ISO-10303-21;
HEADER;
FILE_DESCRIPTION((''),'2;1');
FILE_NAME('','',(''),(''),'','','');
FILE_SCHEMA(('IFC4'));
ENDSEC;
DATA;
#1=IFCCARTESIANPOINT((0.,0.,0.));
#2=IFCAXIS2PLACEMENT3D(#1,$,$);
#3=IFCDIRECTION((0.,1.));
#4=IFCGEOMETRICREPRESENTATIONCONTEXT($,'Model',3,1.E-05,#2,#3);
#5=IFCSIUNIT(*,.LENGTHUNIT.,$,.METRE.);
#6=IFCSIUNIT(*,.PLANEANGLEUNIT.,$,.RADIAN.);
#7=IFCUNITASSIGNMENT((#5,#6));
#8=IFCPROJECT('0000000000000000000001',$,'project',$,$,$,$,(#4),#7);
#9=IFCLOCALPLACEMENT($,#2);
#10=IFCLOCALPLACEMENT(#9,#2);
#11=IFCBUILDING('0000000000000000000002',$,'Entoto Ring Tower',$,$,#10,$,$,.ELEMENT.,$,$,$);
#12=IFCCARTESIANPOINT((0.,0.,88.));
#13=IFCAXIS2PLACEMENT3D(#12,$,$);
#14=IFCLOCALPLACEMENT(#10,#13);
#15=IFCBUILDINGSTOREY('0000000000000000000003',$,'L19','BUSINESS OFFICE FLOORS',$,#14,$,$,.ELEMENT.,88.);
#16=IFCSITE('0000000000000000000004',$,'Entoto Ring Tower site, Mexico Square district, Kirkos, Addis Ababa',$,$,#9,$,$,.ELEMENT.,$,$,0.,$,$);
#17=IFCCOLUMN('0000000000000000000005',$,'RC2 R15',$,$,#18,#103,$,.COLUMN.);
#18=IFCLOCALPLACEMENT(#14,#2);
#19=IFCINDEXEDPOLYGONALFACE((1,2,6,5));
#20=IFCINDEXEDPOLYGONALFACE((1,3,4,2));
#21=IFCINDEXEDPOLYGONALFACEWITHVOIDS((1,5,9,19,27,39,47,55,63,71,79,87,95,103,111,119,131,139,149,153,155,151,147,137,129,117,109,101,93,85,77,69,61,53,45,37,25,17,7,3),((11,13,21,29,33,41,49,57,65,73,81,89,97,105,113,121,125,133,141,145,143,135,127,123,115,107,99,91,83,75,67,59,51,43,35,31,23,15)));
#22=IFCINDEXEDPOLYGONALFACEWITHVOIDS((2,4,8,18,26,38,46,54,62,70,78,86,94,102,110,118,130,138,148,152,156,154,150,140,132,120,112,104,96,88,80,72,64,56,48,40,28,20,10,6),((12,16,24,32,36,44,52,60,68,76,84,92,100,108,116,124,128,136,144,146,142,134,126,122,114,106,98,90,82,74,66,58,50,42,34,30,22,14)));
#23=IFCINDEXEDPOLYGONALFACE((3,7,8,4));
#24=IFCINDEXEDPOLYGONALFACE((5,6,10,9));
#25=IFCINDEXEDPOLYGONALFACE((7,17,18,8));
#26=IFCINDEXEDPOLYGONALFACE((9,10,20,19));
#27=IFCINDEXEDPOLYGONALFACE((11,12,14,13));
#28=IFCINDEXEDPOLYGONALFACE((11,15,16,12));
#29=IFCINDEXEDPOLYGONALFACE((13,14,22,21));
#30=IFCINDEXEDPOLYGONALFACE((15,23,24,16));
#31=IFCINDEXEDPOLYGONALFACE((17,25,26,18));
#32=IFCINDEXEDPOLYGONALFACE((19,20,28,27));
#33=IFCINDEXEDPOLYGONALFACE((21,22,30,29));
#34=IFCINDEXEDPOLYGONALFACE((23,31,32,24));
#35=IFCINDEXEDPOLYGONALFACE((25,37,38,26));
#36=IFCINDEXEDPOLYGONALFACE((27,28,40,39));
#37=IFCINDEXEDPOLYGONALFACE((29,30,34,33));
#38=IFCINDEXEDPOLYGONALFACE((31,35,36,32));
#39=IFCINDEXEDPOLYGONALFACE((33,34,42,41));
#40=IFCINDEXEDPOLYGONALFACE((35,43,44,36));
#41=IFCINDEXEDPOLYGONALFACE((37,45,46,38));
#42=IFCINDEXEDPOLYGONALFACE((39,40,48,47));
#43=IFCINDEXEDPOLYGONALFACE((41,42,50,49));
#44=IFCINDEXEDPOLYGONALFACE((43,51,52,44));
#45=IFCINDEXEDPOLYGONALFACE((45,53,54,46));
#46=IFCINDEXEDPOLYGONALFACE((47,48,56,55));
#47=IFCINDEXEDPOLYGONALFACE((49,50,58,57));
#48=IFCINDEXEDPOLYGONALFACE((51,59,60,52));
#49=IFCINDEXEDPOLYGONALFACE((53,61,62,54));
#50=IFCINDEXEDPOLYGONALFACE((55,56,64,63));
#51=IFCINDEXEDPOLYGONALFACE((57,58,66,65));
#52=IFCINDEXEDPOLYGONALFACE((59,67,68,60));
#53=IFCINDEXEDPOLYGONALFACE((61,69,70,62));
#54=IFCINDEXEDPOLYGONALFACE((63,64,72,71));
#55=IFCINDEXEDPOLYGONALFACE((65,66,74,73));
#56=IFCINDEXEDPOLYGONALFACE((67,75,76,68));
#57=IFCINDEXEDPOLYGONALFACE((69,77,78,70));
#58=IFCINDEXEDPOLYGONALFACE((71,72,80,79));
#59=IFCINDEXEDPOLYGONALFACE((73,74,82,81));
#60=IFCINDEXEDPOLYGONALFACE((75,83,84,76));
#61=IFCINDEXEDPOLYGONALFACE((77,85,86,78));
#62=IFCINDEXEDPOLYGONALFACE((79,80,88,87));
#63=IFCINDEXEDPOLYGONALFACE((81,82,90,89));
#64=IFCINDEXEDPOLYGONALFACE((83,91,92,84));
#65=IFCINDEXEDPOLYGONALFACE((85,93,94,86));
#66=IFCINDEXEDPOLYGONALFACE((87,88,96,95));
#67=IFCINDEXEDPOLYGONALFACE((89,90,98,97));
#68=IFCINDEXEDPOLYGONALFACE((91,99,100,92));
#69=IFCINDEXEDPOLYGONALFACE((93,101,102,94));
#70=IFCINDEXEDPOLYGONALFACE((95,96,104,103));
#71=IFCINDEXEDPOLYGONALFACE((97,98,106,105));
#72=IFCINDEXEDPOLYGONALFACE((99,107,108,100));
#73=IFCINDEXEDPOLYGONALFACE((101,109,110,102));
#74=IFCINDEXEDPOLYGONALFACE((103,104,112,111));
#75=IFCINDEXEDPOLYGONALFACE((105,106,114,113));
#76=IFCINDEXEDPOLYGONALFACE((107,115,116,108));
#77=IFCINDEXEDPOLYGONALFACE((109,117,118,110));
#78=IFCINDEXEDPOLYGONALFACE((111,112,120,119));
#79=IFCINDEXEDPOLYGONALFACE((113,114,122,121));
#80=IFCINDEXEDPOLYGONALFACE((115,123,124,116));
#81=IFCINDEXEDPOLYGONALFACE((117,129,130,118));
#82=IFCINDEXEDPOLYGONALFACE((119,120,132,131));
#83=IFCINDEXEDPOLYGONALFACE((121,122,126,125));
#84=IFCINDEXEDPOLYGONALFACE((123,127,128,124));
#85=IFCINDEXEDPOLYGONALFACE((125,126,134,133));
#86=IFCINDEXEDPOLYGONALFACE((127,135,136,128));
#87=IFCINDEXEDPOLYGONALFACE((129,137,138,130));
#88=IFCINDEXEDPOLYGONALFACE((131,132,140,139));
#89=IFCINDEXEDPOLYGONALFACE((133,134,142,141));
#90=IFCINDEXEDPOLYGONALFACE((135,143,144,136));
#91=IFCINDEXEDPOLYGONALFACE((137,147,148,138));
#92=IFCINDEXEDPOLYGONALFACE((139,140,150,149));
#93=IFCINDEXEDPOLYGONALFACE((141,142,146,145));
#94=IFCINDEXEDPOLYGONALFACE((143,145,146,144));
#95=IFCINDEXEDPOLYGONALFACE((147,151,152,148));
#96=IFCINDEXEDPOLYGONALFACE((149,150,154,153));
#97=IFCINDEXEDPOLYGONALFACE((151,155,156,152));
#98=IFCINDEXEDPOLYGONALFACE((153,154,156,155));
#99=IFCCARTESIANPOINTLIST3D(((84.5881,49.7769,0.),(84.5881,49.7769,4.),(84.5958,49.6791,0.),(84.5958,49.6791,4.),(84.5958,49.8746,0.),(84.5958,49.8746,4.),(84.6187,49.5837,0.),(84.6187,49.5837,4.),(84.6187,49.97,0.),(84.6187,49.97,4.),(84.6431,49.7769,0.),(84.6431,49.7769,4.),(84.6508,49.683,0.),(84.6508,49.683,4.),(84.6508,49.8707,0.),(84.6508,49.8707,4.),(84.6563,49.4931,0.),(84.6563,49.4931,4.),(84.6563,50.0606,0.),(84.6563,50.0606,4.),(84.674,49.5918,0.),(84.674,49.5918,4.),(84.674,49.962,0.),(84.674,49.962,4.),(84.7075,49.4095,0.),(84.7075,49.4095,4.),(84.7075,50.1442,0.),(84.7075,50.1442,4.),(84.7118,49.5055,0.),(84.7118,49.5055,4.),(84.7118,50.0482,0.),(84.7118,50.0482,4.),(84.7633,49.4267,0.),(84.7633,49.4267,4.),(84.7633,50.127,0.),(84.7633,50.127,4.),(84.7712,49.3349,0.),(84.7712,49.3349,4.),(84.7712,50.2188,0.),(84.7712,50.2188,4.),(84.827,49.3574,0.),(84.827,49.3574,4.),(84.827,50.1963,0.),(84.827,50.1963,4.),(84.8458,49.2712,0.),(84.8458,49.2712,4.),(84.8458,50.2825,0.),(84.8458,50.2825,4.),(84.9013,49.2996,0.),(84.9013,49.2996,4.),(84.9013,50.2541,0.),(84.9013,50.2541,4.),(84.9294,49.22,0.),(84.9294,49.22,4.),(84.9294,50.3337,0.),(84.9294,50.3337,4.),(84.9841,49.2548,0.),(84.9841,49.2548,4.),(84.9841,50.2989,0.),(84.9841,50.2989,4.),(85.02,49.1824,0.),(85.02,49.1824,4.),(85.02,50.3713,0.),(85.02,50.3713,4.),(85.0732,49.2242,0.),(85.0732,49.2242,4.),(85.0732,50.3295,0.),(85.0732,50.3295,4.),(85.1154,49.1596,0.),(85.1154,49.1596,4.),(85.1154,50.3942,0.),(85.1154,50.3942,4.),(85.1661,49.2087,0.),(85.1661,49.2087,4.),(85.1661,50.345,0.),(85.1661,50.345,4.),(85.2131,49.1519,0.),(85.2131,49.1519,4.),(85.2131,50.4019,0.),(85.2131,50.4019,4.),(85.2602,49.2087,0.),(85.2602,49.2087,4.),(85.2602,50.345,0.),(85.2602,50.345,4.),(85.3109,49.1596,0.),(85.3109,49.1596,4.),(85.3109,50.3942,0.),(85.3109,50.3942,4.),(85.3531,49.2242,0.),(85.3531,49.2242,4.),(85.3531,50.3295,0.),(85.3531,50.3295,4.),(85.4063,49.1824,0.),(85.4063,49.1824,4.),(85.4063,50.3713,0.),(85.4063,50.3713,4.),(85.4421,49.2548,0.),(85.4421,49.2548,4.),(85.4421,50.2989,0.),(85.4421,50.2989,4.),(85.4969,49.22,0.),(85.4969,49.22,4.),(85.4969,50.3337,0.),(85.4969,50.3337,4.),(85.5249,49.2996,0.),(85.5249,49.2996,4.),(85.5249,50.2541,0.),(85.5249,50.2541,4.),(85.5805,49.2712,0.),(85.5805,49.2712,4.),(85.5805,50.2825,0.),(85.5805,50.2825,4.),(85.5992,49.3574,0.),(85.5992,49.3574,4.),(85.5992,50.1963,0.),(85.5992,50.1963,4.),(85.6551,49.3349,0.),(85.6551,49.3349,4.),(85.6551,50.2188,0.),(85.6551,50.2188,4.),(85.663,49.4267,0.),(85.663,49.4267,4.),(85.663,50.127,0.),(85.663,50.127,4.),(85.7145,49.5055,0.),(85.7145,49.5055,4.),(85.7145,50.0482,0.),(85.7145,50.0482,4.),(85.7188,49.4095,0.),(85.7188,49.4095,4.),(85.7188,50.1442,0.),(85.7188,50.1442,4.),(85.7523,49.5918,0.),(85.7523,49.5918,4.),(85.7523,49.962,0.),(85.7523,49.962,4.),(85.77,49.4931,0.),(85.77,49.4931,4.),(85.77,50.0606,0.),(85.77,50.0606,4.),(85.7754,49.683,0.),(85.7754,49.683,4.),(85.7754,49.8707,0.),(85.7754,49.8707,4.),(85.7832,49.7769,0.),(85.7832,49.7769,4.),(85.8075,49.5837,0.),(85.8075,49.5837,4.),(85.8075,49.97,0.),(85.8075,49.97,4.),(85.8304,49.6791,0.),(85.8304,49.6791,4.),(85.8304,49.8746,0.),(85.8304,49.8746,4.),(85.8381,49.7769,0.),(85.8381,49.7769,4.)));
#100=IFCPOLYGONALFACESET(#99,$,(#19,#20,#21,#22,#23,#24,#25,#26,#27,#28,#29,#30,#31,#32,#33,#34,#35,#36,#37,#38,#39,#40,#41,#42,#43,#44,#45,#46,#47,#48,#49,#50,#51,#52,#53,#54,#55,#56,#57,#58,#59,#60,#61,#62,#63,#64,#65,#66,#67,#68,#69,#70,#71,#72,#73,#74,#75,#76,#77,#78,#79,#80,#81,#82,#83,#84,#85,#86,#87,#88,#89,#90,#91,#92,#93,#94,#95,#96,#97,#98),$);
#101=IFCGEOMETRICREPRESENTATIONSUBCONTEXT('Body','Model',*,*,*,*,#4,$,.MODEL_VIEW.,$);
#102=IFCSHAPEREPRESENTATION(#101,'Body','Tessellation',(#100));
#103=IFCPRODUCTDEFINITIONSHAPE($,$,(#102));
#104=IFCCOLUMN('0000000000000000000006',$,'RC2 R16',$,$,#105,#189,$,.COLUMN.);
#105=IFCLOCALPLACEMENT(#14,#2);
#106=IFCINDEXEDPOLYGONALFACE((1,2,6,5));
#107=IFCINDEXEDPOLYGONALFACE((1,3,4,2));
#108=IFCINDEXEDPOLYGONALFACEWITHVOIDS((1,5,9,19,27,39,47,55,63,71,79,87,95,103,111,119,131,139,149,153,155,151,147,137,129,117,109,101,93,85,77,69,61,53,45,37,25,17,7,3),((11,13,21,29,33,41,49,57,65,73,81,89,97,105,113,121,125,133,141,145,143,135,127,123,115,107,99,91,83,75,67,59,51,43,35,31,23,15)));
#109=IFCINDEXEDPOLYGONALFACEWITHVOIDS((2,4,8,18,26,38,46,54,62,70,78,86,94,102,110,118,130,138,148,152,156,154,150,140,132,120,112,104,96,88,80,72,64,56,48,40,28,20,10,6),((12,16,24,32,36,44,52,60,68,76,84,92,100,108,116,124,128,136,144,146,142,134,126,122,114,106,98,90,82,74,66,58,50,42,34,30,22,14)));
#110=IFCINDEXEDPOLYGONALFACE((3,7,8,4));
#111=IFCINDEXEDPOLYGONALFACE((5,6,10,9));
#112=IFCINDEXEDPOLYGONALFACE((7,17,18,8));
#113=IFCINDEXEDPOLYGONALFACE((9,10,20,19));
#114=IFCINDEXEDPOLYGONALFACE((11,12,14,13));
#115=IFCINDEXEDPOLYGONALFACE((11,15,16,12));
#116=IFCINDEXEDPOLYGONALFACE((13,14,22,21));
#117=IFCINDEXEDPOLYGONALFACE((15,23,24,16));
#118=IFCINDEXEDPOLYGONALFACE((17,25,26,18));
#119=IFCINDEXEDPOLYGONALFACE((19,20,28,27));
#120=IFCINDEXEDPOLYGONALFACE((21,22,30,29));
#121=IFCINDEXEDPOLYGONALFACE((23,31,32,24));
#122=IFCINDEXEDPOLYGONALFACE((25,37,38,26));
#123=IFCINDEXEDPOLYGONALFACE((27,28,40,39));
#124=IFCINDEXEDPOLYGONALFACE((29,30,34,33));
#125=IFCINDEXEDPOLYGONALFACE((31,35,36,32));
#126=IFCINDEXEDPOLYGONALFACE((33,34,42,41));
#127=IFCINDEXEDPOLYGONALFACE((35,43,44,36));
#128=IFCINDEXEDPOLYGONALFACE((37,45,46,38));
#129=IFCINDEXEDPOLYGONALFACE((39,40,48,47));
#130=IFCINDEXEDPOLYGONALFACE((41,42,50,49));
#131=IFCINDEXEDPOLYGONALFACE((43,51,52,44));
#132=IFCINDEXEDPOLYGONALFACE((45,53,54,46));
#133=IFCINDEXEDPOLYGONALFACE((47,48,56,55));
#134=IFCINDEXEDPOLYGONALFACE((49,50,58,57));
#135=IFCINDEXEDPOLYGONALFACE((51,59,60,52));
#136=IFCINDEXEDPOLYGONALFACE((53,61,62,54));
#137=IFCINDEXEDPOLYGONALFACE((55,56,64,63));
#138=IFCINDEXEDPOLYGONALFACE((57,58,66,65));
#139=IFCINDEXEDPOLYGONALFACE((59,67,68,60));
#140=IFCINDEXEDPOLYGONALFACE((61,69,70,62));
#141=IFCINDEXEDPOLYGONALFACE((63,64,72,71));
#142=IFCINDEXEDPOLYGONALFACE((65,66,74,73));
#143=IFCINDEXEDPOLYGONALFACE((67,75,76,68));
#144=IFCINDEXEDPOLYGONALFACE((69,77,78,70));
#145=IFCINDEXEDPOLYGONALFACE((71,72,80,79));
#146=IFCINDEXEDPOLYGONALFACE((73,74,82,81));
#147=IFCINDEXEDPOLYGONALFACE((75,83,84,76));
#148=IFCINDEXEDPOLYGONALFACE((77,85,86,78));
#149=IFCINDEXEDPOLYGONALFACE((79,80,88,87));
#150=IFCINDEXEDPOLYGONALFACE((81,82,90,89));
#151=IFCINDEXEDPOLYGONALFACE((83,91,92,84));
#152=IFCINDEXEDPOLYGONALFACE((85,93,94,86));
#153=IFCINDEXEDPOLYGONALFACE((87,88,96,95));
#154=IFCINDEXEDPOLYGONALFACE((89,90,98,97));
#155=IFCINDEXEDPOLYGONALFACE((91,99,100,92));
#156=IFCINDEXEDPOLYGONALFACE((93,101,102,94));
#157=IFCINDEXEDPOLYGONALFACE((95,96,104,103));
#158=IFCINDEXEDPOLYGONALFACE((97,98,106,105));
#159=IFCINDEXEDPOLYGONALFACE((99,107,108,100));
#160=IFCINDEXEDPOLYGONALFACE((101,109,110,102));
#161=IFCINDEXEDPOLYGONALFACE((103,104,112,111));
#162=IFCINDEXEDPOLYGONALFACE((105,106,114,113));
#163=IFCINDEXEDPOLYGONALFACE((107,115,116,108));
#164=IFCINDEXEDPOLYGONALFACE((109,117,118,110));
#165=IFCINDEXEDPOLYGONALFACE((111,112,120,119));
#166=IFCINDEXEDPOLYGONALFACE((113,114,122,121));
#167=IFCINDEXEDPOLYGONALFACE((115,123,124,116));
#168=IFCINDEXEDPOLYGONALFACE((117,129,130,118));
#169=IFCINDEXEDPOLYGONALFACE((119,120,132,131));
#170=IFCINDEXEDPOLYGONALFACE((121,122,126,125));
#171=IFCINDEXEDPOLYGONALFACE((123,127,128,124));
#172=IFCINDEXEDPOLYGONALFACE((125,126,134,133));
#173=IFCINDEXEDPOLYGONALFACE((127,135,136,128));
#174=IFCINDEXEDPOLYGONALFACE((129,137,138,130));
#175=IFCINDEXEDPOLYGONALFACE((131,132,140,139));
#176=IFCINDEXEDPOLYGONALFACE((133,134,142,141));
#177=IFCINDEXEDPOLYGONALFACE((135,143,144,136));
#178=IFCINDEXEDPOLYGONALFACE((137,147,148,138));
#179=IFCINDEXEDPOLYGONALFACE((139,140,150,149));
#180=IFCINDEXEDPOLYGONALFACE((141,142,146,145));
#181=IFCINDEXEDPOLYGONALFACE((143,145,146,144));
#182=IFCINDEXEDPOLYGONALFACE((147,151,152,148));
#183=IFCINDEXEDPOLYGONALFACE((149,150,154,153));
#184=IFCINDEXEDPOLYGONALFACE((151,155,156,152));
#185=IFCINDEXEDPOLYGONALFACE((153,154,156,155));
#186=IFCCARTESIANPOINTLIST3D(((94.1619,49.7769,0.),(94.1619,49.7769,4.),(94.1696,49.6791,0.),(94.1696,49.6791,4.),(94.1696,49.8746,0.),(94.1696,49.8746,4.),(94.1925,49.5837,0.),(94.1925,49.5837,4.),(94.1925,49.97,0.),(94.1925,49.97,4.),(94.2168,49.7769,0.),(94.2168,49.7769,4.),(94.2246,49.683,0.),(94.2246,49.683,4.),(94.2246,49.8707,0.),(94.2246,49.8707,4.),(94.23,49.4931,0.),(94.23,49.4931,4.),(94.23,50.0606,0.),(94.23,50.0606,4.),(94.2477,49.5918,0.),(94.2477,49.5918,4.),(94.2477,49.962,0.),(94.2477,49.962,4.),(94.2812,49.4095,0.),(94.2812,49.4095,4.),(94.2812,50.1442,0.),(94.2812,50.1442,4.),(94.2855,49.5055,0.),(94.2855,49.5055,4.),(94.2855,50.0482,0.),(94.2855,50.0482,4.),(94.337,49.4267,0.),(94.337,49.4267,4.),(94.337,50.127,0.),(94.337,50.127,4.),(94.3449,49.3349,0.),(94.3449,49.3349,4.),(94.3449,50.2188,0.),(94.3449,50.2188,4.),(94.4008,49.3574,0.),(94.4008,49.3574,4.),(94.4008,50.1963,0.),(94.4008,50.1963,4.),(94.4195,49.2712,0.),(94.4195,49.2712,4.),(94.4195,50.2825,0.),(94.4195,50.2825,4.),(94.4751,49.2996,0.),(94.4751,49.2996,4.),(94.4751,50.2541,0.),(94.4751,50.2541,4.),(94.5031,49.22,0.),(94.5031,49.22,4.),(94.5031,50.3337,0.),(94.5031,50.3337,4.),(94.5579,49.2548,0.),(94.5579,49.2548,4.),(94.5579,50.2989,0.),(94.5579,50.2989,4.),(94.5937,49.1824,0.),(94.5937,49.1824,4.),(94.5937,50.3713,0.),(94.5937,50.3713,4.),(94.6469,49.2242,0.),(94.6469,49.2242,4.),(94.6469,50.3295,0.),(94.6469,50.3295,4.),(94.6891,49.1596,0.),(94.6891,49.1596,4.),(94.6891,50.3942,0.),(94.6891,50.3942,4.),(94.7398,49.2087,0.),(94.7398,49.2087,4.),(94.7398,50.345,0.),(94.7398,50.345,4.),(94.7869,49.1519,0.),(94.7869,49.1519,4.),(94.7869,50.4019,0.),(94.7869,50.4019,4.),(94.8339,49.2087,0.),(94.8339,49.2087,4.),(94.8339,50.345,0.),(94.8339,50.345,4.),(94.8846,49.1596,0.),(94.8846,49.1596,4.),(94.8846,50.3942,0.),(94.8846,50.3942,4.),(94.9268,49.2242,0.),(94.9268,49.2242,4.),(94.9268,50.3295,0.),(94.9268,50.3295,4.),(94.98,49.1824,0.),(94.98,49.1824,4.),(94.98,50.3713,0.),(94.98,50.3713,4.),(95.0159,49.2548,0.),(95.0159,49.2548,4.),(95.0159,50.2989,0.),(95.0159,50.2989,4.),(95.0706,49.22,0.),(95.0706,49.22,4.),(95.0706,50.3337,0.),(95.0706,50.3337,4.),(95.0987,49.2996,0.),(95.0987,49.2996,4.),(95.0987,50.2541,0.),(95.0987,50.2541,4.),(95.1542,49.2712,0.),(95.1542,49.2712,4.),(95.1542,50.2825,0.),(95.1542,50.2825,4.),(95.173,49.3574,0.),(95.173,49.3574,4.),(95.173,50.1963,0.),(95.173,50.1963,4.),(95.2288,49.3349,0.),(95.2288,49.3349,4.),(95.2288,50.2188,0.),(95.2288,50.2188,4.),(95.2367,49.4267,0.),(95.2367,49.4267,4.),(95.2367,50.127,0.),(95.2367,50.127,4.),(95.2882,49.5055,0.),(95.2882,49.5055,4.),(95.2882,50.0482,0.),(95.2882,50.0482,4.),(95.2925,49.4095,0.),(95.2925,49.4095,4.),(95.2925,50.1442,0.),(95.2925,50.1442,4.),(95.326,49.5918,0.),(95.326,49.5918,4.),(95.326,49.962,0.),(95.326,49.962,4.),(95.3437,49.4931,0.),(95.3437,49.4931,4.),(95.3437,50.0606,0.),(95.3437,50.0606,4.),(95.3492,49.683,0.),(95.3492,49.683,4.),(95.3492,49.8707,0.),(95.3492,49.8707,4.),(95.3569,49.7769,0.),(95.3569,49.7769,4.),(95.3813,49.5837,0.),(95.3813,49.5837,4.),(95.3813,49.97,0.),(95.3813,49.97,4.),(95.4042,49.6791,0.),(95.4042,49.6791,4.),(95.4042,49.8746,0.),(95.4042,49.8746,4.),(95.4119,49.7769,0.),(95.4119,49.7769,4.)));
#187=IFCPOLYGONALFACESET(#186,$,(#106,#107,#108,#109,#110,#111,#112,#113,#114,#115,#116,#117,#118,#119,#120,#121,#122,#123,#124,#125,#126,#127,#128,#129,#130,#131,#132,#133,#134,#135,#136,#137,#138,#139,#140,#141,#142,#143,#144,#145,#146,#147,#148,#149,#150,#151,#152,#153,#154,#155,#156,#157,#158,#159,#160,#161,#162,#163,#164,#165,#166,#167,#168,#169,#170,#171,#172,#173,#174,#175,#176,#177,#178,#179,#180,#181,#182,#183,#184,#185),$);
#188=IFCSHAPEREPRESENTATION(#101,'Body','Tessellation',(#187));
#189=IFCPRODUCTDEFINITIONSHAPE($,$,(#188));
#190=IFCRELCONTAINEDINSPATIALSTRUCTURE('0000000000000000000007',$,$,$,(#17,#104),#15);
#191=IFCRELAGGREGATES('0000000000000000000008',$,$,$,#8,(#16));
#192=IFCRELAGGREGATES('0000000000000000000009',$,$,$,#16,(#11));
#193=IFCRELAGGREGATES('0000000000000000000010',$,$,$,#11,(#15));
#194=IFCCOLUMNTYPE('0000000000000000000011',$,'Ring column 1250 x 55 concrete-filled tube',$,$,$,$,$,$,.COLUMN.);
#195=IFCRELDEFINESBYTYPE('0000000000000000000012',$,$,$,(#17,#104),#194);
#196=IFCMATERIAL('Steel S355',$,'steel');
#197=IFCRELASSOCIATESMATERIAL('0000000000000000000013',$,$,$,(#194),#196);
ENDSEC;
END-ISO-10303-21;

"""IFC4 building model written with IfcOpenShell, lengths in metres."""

from ifc_helpers import new_model, si_unit, direction, frame, origin, origin_2d, place, context, subcontext, project, spatial, circle, hollow_circle, extrude, material, material_profile, profile_set, type_object, element, save


model = new_model("IFC4")

# Units and contexts
model_context = context("Model", 3, precision=1e-05, world=origin(), true_north=direction((0.0, 1.0)))
body_context = subcontext(model_context, "Body", "Model", "MODEL_VIEW")
ifc_project = project(units=[si_unit("LENGTHUNIT", "METRE"), si_unit("PLANEANGLEUNIT", "RADIAN")], contexts=[model_context])

# Site, building, storey
site_placement = place(None, origin())
site = spatial("IfcSite", under=ifc_project, at=site_placement, Name="Entoto Ring Tower site, Mexico Square district, Kirkos, Addis Ababa", CompositionType="ELEMENT", RefElevation=0.0)
building_placement = place(site_placement, origin())
building = spatial("IfcBuilding", under=site, at=building_placement, Name="Entoto Ring Tower", CompositionType="ELEMENT")
storey_placement = place(building_placement, frame((0.0, 0.0, 88.0)))
storey = spatial("IfcBuildingStorey", under=building, at=storey_placement, Name="L19", Description="BUSINESS OFFICE FLOORS", CompositionType="ELEMENT", Elevation=88.0)

# Columns
ifc_material_1 = material(Name="Steel S355", Category="steel")
ifc_material_profile_1 = material_profile(ifc_material_1, hollow_circle(Radius=0.625, WallThickness=0.0549, at=origin_2d()), Name="CHS 1250 x 55")
ifc_material_2 = material(Name="Concrete C60/75", Category="concrete")
ifc_material_profile_2 = material_profile(ifc_material_2, circle(Radius=0.5701, at=origin_2d()), Name="Concrete C60/75 infill")
ifc_profile_set_1 = profile_set([ifc_material_profile_1, ifc_material_profile_2], Name="Steel S355")
column_type = type_object("IfcColumnType", Name="Ring column 1250 x 55 concrete-filled tube", PredefinedType="COLUMN", material=ifc_profile_set_1)
for number, where, z_axis, x_axis, name in (
    (1, (85.2131, 49.7769, 0.0), (0.0, 0.0, 1.0), (1.0, 0.0, 0.0), "RC2 R15"),
    (2, (94.7869, 49.7769, 0.0), (0.0, 0.0, 1.0), (1.0, 0.0, 0.0), "RC2 R16"),
):
    element("IfcColumn", number, at=place(storey_placement, frame(where, z_axis=z_axis, x_axis=x_axis)), inside=storey, type_object=column_type, Name=name, PredefinedType="COLUMN", context=body_context, shape_type="SweptSolid", body=[
        extrude(hollow_circle(Radius=0.625, WallThickness=0.0549, at=origin_2d()), origin(), (0.0, 0.0, 1.0), 4.0),
    ])

save(model, "model.ifc")
